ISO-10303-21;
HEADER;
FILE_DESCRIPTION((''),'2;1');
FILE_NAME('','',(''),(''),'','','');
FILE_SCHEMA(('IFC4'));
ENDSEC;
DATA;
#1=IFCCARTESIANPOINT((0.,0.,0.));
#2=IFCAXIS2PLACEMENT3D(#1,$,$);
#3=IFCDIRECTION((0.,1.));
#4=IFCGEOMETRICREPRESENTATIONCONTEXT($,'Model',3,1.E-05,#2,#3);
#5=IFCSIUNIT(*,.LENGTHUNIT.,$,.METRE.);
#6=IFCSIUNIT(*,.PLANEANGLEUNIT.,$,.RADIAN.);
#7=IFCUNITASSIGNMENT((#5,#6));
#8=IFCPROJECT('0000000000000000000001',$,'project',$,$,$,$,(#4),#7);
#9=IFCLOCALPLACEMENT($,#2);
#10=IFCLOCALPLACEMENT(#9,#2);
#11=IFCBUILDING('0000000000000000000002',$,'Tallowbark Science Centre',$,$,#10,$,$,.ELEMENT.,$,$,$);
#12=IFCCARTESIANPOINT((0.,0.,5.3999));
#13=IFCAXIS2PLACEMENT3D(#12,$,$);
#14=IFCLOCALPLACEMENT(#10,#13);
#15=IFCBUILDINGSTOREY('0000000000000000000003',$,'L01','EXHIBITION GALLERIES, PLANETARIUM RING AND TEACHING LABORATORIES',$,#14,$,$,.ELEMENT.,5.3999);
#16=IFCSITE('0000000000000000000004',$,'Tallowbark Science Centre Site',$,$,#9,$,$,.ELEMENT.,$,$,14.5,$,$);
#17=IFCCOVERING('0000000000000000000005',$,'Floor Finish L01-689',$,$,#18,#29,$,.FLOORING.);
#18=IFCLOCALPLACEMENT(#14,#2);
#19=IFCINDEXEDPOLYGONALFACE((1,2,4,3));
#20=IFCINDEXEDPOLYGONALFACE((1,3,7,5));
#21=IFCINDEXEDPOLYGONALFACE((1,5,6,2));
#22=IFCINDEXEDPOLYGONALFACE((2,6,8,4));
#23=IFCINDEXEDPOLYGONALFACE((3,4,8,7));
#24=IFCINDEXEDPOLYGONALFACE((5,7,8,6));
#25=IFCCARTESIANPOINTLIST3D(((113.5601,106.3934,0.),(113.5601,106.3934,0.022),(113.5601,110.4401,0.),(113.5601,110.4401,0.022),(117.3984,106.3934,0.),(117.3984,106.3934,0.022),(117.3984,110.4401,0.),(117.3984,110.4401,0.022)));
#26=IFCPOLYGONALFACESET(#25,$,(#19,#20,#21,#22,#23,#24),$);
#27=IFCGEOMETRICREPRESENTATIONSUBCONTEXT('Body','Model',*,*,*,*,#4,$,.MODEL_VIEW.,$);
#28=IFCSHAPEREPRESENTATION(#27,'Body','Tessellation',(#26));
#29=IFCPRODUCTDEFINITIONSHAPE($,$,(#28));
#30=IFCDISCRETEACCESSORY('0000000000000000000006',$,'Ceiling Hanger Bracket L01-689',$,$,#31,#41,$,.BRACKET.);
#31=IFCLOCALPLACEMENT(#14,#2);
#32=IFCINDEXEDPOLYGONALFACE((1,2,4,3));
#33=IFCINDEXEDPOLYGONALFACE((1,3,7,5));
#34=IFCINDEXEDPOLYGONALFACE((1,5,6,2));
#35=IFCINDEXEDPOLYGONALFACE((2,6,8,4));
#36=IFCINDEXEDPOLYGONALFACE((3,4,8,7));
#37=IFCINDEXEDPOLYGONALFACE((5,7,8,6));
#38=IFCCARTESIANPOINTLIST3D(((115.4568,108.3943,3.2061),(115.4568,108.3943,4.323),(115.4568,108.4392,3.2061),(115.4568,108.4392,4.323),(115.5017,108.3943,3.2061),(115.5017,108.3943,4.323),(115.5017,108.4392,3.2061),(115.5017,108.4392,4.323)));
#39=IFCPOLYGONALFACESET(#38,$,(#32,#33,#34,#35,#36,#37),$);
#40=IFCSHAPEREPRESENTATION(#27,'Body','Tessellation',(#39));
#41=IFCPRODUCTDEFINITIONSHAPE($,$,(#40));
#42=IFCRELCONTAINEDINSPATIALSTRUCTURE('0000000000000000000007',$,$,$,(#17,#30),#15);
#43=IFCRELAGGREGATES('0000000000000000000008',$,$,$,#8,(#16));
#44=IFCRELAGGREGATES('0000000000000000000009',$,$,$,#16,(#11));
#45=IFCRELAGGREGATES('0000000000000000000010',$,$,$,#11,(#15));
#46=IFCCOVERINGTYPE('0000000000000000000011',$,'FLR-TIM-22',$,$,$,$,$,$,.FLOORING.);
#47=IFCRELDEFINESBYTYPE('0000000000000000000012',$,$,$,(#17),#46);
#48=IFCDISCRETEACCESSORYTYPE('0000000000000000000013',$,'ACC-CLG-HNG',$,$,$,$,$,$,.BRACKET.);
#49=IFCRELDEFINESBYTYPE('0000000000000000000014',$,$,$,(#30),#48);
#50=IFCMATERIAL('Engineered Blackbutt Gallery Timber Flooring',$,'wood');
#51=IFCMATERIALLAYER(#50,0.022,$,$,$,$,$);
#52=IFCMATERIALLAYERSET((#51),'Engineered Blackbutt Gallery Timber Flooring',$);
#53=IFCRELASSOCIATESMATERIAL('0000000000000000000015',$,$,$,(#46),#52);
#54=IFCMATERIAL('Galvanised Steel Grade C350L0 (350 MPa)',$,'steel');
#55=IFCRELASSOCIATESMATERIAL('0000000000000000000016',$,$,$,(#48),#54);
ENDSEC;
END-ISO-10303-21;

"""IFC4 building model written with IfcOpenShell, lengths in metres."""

from ifc_helpers import new_model, si_unit, direction, frame, origin, origin_2d, place, context, subcontext, project, spatial, rectangle, extrude, material, layer, layer_set, type_object, element, save


model = new_model("IFC4")

# Units and contexts
model_context = context("Model", 3, precision=1e-05, world=origin(), true_north=direction((0.0, 1.0)))
body_context = subcontext(model_context, "Body", "Model", "MODEL_VIEW")
ifc_project = project(units=[si_unit("LENGTHUNIT", "METRE"), si_unit("PLANEANGLEUNIT", "RADIAN")], contexts=[model_context])

# Site, building, storey
site_placement = place(None, origin())
site = spatial("IfcSite", under=ifc_project, at=site_placement, Name="Tallowbark Science Centre Site", CompositionType="ELEMENT", RefElevation=14.5)
building_placement = place(site_placement, origin())
building = spatial("IfcBuilding", under=site, at=building_placement, Name="Tallowbark Science Centre", CompositionType="ELEMENT")
storey_placement = place(building_placement, frame((0.0, 0.0, 5.3999)))
storey = spatial("IfcBuildingStorey", under=building, at=storey_placement, Name="L01", Description="EXHIBITION GALLERIES, PLANETARIUM RING AND TEACHING LABORATORIES", CompositionType="ELEMENT", Elevation=5.3999)

# Covering
ifc_material_1 = material(Name="Engineered Blackbutt Gallery Timber Flooring", Category="wood")
ifc_layer_1 = layer(ifc_material_1, 0.022)
ifc_layer_set_1 = layer_set([ifc_layer_1], Name="Engineered Blackbutt Gallery Timber Flooring")
covering_type_1 = type_object("IfcCoveringType", Name="FLR-TIM-22", PredefinedType="FLOORING", material=ifc_layer_set_1)
covering_1_placement = place(storey_placement, frame((115.4792, 108.4167, 0.0), z_axis=(0.0, 0.0, 1.0), x_axis=(1.0, 0.0, 0.0)))
element("IfcCovering", 1, at=covering_1_placement, inside=storey, type_object=covering_type_1, Name="Floor Finish L01-689", PredefinedType="FLOORING", context=body_context, shape_type="SweptSolid", body=[
    extrude(rectangle(XDim=3.8384, YDim=4.0466, at=origin_2d()), origin(), (0.0, 0.0, 1.0), 0.022),
])

# Discrete accessory
ifc_material_2 = material(Name="Galvanised Steel Grade C350L0 (350 MPa)", Category="steel")
discrete_accessory_type = type_object("IfcDiscreteAccessoryType", Name="ACC-CLG-HNG", PredefinedType="BRACKET", material=ifc_material_2)
discrete_accessory_placement = place(storey_placement, frame((115.4792, 108.4167, 3.2061), z_axis=(0.0, 0.0, 1.0), x_axis=(1.0, 0.0, 0.0)))
element("IfcDiscreteAccessory", 2, at=discrete_accessory_placement, inside=storey, type_object=discrete_accessory_type, Name="Ceiling Hanger Bracket L01-689", PredefinedType="BRACKET", context=body_context, shape_type="SweptSolid", body=[
    extrude(rectangle(XDim=0.0449, YDim=0.0449, at=origin_2d()), origin(), (0.0, 0.0, 1.0), 1.1169),
])

save(model, "model.ifc")
